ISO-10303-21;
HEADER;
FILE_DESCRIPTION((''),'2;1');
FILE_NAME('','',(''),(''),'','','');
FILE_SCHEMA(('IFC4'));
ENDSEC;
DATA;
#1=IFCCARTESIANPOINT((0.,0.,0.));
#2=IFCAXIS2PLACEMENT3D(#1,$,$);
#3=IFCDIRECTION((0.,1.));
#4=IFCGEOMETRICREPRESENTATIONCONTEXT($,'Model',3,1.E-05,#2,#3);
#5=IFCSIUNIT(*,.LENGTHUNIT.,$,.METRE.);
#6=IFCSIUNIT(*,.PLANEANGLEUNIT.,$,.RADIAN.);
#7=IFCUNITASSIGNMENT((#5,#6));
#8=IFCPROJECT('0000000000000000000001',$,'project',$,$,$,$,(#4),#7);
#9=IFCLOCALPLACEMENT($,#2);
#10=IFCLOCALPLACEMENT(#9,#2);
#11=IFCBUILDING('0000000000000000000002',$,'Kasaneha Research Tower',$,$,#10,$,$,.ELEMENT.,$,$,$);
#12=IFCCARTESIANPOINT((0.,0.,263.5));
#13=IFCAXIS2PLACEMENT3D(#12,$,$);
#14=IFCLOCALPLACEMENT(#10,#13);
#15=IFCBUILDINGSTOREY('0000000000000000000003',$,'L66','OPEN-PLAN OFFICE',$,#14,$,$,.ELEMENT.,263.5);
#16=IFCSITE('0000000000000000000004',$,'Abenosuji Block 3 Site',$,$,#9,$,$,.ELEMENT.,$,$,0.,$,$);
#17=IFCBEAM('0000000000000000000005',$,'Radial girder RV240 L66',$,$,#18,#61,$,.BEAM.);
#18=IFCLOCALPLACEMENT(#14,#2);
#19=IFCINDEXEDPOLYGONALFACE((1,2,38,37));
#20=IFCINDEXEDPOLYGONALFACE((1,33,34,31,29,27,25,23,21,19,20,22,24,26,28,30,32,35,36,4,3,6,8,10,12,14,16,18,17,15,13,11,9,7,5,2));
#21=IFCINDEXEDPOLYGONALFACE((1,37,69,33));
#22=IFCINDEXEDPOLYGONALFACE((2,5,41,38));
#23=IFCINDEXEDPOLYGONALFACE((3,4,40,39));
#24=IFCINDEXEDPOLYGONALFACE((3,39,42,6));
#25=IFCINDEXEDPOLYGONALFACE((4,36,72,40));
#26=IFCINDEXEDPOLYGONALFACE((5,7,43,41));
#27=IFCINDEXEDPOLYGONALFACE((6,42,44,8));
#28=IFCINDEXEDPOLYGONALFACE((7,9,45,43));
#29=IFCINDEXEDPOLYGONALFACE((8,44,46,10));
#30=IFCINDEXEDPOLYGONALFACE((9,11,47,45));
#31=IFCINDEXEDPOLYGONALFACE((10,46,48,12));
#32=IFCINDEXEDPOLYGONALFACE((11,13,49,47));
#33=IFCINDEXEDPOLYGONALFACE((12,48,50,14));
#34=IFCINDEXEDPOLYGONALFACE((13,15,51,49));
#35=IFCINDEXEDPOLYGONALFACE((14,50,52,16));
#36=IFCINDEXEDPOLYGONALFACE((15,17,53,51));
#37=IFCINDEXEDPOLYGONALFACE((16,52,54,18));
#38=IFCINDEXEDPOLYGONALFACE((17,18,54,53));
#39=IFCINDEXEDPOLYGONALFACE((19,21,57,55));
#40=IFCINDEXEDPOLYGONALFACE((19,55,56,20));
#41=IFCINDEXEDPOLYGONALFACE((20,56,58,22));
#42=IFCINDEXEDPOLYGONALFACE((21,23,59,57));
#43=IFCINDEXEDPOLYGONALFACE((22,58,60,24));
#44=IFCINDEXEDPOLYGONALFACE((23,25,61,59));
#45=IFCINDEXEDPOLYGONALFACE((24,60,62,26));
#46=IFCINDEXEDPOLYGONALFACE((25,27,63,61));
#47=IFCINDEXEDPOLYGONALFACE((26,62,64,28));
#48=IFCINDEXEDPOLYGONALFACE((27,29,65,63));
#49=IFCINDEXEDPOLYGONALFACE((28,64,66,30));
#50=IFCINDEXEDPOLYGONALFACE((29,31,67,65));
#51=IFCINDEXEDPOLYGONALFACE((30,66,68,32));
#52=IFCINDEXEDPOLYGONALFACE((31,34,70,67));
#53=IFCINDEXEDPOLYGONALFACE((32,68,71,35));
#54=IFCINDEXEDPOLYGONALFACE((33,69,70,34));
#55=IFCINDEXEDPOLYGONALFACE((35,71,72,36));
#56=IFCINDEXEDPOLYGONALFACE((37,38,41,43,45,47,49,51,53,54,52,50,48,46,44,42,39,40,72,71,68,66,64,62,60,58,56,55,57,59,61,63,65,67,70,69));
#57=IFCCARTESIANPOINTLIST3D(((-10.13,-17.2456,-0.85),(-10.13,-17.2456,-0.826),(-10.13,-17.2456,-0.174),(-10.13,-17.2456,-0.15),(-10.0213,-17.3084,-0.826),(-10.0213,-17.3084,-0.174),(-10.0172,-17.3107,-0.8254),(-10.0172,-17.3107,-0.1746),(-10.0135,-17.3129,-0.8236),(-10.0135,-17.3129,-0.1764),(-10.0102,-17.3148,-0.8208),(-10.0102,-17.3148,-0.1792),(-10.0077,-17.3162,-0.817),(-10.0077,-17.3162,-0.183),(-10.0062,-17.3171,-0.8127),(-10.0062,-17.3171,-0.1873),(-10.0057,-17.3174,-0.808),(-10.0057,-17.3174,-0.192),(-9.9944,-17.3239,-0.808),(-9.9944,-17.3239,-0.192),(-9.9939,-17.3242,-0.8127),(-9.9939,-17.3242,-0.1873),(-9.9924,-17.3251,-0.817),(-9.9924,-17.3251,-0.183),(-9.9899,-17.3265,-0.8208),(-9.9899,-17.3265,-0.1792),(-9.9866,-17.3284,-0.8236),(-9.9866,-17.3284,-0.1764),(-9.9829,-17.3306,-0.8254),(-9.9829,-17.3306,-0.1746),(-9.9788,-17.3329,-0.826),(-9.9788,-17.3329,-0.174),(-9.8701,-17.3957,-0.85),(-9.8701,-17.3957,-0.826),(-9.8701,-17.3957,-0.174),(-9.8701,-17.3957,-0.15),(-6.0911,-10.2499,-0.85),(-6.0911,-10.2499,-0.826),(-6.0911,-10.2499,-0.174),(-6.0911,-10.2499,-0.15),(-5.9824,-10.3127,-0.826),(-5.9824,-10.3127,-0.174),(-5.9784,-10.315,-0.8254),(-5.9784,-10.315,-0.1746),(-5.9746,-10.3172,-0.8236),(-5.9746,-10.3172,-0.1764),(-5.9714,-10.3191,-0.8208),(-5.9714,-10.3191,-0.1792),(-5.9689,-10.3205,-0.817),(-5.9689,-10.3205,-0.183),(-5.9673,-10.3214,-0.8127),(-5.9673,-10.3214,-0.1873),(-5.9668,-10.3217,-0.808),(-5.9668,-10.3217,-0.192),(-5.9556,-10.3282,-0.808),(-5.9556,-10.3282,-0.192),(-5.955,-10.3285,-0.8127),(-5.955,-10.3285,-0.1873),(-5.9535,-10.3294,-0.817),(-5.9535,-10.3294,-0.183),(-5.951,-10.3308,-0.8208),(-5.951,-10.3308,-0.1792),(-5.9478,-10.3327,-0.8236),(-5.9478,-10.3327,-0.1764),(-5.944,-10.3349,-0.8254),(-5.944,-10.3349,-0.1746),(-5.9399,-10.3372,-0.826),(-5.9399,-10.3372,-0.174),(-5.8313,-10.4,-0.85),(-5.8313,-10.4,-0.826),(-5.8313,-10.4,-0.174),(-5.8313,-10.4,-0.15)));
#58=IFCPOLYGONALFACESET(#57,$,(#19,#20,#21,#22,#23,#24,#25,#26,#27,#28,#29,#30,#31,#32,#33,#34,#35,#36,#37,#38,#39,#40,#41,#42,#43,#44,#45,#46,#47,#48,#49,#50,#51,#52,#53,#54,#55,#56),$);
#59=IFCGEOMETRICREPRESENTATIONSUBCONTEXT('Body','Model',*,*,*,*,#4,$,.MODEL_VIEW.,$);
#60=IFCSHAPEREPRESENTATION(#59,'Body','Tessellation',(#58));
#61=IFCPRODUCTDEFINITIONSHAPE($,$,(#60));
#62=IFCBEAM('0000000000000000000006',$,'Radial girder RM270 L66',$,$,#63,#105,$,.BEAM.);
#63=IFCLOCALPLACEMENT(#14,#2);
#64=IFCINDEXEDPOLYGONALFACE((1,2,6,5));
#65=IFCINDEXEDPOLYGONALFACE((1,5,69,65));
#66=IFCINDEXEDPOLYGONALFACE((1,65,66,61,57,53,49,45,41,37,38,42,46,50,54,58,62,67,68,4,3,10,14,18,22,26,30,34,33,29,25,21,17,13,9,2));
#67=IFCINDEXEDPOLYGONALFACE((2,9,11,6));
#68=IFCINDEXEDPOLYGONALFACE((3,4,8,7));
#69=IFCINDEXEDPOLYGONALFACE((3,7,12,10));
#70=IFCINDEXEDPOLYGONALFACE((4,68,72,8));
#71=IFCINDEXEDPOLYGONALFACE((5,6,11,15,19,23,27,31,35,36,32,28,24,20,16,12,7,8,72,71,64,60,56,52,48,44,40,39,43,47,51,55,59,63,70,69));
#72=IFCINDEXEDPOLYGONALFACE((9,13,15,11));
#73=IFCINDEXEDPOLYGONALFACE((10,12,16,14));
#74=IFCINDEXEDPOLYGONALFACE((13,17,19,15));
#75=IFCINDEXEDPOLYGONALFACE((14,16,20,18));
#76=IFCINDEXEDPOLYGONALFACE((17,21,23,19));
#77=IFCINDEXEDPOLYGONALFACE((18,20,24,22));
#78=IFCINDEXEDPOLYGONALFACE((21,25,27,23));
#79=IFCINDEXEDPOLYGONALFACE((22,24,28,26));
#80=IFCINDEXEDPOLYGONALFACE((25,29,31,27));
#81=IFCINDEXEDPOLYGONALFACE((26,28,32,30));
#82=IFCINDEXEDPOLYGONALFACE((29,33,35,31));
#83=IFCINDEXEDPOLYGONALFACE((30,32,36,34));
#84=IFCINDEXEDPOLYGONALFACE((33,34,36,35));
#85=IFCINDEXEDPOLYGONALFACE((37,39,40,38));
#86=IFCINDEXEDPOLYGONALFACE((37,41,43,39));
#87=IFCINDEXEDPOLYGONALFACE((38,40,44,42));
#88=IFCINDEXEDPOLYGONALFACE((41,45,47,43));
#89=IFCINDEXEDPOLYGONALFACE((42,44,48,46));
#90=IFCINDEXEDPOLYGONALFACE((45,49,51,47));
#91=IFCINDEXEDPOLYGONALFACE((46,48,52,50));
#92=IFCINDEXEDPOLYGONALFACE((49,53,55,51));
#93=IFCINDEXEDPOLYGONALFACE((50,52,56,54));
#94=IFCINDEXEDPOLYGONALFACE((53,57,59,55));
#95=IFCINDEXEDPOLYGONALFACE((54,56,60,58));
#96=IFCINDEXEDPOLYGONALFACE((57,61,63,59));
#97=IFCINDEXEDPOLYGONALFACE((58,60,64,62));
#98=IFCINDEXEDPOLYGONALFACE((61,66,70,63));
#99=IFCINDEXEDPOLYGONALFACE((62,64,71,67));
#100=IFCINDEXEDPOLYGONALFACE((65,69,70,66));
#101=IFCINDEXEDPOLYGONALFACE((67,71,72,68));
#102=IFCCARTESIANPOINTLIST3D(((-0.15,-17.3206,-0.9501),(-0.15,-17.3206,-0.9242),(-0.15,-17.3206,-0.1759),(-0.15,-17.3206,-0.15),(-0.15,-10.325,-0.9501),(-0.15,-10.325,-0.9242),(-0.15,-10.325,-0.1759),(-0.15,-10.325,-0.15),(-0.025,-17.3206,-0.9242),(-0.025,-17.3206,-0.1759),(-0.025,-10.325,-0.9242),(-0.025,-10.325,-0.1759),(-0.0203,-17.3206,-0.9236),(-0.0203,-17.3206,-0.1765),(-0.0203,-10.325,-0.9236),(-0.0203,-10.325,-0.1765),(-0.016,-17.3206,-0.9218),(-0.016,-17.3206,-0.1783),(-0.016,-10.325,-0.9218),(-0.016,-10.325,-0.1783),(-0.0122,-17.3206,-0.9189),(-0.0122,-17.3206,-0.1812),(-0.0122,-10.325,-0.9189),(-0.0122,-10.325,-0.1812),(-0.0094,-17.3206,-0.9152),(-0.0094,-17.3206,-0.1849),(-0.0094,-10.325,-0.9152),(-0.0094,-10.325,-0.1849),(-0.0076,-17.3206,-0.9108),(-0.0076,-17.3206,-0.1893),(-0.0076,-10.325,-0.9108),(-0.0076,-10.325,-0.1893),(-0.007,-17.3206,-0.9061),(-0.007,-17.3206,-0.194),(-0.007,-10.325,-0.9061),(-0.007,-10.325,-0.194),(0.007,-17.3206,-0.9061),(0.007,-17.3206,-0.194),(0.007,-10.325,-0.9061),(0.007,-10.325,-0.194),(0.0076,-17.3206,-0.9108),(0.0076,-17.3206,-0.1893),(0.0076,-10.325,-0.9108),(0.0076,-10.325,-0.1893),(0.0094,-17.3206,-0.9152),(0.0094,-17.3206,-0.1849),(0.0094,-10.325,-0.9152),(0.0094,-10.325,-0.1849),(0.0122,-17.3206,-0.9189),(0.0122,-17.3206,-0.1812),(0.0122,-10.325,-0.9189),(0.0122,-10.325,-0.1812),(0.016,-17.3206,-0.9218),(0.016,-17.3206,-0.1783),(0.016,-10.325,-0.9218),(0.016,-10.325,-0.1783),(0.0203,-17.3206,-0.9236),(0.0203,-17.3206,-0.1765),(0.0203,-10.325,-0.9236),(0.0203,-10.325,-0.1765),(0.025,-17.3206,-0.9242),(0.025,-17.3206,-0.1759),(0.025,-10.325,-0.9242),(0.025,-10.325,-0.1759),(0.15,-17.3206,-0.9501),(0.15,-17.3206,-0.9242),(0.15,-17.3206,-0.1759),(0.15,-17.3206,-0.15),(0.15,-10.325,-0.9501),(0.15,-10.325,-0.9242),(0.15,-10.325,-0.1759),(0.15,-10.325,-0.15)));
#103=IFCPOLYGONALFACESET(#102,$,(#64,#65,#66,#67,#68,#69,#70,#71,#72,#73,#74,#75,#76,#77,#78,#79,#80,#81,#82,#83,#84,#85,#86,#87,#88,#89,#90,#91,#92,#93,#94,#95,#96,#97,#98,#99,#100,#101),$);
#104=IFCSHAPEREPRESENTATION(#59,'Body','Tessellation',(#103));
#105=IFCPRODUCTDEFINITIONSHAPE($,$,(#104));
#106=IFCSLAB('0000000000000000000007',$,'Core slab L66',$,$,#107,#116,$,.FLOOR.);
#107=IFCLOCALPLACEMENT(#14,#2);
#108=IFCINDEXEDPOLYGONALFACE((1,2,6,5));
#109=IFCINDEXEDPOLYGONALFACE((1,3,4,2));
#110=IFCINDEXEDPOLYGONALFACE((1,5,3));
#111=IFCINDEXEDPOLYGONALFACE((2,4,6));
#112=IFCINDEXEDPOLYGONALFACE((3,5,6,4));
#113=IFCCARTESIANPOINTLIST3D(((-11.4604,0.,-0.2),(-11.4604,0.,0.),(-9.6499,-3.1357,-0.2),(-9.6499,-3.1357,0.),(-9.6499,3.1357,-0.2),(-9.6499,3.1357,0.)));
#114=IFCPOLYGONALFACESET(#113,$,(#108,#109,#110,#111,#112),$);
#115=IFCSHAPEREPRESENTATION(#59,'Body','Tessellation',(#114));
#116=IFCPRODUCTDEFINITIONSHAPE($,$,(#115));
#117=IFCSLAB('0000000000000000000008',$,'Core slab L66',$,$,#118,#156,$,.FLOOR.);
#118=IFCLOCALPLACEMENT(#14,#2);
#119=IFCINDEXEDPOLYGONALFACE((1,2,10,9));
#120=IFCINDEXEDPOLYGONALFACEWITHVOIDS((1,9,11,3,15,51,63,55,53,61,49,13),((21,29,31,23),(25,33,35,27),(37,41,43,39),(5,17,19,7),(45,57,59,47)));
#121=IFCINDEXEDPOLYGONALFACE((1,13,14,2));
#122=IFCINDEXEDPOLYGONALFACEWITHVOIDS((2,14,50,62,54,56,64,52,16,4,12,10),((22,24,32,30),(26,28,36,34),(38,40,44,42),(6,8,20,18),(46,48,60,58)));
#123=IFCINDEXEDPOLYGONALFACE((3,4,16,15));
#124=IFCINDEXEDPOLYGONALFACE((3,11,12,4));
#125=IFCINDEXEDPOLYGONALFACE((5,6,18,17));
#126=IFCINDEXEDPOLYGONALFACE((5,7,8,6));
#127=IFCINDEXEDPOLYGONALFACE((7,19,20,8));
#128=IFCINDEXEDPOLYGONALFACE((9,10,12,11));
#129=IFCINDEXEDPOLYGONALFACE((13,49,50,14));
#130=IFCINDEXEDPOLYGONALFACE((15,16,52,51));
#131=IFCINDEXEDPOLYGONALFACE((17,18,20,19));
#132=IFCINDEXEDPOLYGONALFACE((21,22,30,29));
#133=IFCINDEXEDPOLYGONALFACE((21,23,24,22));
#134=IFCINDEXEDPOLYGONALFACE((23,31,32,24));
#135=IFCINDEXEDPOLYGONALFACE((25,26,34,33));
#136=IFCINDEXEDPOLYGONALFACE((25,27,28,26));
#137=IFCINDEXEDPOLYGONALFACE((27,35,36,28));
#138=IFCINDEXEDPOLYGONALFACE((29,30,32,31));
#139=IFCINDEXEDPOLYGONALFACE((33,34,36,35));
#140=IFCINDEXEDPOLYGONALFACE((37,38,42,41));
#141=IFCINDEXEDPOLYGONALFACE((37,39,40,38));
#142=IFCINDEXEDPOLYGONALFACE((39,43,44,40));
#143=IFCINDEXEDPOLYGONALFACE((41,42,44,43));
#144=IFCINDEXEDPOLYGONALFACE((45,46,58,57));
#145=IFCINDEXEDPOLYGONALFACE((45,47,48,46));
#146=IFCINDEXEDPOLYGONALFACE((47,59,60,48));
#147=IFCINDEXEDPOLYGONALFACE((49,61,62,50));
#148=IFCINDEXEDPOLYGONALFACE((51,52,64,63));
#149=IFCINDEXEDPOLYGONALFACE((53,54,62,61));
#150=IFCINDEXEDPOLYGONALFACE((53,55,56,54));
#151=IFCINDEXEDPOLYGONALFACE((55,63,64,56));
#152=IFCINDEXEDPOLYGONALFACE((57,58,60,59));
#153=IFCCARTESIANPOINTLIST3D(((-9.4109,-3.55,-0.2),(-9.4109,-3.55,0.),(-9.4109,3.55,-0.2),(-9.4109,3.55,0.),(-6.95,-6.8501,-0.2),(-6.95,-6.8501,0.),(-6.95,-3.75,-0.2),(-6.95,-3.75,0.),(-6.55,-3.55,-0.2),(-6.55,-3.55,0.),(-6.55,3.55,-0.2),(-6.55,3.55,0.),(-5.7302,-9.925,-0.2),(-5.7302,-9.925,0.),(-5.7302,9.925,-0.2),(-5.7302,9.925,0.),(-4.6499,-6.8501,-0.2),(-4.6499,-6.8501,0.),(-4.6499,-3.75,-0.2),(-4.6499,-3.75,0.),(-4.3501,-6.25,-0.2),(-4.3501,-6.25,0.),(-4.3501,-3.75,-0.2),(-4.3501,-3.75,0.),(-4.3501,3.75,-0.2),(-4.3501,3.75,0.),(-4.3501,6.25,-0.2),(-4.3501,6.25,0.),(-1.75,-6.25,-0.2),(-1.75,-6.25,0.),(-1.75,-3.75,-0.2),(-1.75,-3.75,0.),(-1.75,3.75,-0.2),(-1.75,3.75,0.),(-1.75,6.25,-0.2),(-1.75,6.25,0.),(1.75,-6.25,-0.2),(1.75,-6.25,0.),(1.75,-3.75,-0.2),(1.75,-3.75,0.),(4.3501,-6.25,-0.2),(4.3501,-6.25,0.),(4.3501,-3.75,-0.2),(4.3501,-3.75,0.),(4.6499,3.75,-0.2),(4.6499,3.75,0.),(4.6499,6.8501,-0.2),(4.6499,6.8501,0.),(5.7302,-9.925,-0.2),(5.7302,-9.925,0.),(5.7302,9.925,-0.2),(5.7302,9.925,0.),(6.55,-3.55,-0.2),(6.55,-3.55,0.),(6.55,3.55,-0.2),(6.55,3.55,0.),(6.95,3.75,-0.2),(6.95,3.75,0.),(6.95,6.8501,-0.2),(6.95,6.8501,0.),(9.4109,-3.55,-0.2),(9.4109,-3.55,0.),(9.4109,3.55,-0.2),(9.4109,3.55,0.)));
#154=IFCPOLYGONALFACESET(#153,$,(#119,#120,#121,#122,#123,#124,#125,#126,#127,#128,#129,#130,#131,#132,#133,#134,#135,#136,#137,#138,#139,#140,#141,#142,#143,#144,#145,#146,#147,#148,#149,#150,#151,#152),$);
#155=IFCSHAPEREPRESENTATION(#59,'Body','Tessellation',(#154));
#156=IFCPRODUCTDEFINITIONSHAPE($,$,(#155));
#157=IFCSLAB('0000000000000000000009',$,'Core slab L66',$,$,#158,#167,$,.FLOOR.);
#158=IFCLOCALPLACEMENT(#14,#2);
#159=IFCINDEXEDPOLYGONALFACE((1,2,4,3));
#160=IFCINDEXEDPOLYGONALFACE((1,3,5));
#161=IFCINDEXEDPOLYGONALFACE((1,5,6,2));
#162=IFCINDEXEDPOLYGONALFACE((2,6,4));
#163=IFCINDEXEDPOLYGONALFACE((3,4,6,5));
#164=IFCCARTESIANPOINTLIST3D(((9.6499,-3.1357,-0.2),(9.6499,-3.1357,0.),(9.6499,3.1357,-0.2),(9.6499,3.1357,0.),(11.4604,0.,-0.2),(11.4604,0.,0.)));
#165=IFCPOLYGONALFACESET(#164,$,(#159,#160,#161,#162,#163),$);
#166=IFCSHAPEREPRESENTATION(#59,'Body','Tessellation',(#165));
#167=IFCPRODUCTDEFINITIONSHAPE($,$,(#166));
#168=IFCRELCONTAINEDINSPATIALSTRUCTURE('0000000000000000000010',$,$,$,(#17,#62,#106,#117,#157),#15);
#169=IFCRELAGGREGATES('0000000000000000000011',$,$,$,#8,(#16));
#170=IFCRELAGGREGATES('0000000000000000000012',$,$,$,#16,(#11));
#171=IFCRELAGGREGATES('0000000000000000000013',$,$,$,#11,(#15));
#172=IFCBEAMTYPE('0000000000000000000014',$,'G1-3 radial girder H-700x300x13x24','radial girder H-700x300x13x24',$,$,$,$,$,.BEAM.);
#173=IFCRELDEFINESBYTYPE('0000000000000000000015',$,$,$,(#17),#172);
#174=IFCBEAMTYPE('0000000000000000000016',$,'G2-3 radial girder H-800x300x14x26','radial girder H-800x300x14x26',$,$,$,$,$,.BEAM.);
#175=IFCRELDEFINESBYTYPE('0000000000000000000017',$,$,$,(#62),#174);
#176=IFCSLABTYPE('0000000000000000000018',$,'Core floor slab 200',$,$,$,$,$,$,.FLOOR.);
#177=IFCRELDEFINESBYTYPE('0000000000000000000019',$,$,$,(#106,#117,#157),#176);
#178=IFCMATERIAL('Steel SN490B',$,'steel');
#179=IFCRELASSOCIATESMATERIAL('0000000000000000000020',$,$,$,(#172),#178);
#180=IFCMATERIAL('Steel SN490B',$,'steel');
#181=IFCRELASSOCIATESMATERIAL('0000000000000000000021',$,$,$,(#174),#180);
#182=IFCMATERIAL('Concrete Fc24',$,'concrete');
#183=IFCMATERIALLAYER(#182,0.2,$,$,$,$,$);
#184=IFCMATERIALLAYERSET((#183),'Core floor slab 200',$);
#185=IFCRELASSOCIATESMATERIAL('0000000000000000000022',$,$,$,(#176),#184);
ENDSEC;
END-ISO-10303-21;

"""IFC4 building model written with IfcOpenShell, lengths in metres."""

from ifc_helpers import new_model, si_unit, direction, frame, origin, origin_2d, place, context, subcontext, project, spatial, polyline, i_section, outline, extrude, material, layer, layer_set, material_profile, profile_set, type_object, element, save


model = new_model("IFC4")

# Units and contexts
model_context = context("Model", 3, precision=1e-05, world=origin(), true_north=direction((0.0, 1.0)))
body_context = subcontext(model_context, "Body", "Model", "MODEL_VIEW")
ifc_project = project(units=[si_unit("LENGTHUNIT", "METRE"), si_unit("PLANEANGLEUNIT", "RADIAN")], contexts=[model_context])

# Site, building, storey
site_placement = place(None, origin())
site = spatial("IfcSite", under=ifc_project, at=site_placement, Name="Abenosuji Block 3 Site", CompositionType="ELEMENT", RefElevation=0.0)
building_placement = place(site_placement, origin())
building = spatial("IfcBuilding", under=site, at=building_placement, Name="Kasaneha Research Tower", CompositionType="ELEMENT")
storey_placement = place(building_placement, frame((0.0, 0.0, 263.5)))
storey = spatial("IfcBuildingStorey", under=building, at=storey_placement, Name="L66", Description="OPEN-PLAN OFFICE", CompositionType="ELEMENT", Elevation=263.5)

# Beams
ifc_material_1 = material(Name="Steel SN490B", Category="steel")
ifc_material_profile_1 = material_profile(ifc_material_1, i_section(OverallWidth=0.3, OverallDepth=0.7, WebThickness=0.0129, FlangeThickness=0.0239, FilletRadius=0.0181, at=origin_2d()), Name="H-700x300x13x24")
ifc_profile_set_1 = profile_set([ifc_material_profile_1], Name="Steel SN490B")
beam_type_1 = type_object("IfcBeamType", Name="G1-3 radial girder H-700x300x13x24", Description="radial girder H-700x300x13x24", PredefinedType="BEAM", material=ifc_profile_set_1)
beam_1_placement = place(storey_placement, frame((-5.9612, -10.325, -0.5), z_axis=(-0.499991, -0.866031, 0.0), x_axis=(0.866031, -0.499991, 0.0)))
element("IfcBeam", 1, at=beam_1_placement, inside=storey, type_object=beam_type_1, Name="Radial girder RV240 L66", PredefinedType="BEAM", context=body_context, shape_type="SweptSolid", body=[
    extrude(i_section(OverallWidth=0.3, OverallDepth=0.7, WebThickness=0.0129, FlangeThickness=0.0239, FilletRadius=0.0181, at=origin_2d()), origin(), (0.0, 0.0, 1.0), 8.0779),
])
ifc_material_2 = material(Name="Steel SN490B", Category="steel")
ifc_material_profile_2 = material_profile(ifc_material_2, i_section(OverallWidth=0.3, OverallDepth=0.8, WebThickness=0.0139, FlangeThickness=0.0259, FilletRadius=0.0181, at=origin_2d()), Name="H-800x300x14x26")
ifc_profile_set_2 = profile_set([ifc_material_profile_2], Name="Steel SN490B")
beam_type_2 = type_object("IfcBeamType", Name="G2-3 radial girder H-800x300x14x26", Description="radial girder H-800x300x14x26", PredefinedType="BEAM", material=ifc_profile_set_2)
beam_2_placement = place(storey_placement, frame((0.0, -10.325, -0.55), z_axis=(0.0, -1.0, 0.0), x_axis=(1.0, 0.0, 0.0)))
element("IfcBeam", 2, at=beam_2_placement, inside=storey, type_object=beam_type_2, Name="Radial girder RM270 L66", PredefinedType="BEAM", context=body_context, shape_type="SweptSolid", body=[
    extrude(i_section(OverallWidth=0.3, OverallDepth=0.8, WebThickness=0.0139, FlangeThickness=0.0259, FilletRadius=0.0181, at=origin_2d()), origin(), (0.0, 0.0, 1.0), 6.9956),
])

# Slabs
ifc_material_3 = material(Name="Concrete Fc24", Category="concrete")
ifc_layer_1 = layer(ifc_material_3, 0.2)
ifc_layer_set_1 = layer_set([ifc_layer_1], Name="Core floor slab 200")
slab_type_1 = type_object("IfcSlabType", Name="Core floor slab 200", PredefinedType="FLOOR", material=ifc_layer_set_1)
slab_1_placement = place(storey_placement, frame((0.0, 0.0, -0.2)))
element("IfcSlab", 3, at=slab_1_placement, inside=storey, type_object=slab_type_1, Name="Core slab L66", PredefinedType="FLOOR", context=body_context, shape_type="SweptSolid", body=[
    extrude(outline(polyline([(-11.4604, 0.0), (-9.6499, 3.1357), (-9.6499, -3.1357), (-11.4604, 0.0)])), origin(), (0.0, 0.0, 1.0), 0.2),
])
slab_2_placement = place(storey_placement, frame((0.0, 0.0, -0.2)))
element("IfcSlab", 4, at=slab_2_placement, inside=storey, type_object=slab_type_1, Name="Core slab L66", PredefinedType="FLOOR", context=body_context, shape_type="SweptSolid", body=[
    extrude(outline(polyline([(-5.7302, 9.925), (5.7302, 9.925), (9.4109, 3.55), (6.55, 3.55), (6.55, -3.55), (9.4109, -3.55), (5.7302, -9.925), (-5.7302, -9.925), (-9.4109, -3.55), (-6.55, -3.55), (-6.55, 3.55), (-9.4109, 3.55), (-5.7302, 9.925)]), holes=[polyline([(-6.95, -6.8501), (-4.6499, -6.8501), (-4.6499, -3.75), (-6.95, -3.75), (-6.95, -6.8501)]), polyline([(-4.3501, -3.75), (-4.3501, -6.25), (-1.75, -6.25), (-1.75, -3.75), (-4.3501, -3.75)]), polyline([(1.75, -3.75), (1.75, -6.25), (4.3501, -6.25), (4.3501, -3.75), (1.75, -3.75)]), polyline([(-4.3501, 6.25), (-4.3501, 3.75), (-1.75, 3.75), (-1.75, 6.25), (-4.3501, 6.25)]), polyline([(4.6499, 6.8501), (4.6499, 3.75), (6.95, 3.75), (6.95, 6.8501), (4.6499, 6.8501)])]), origin(), (0.0, 0.0, 1.0), 0.2),
])
slab_3_placement = place(storey_placement, frame((0.0, 0.0, -0.2)))
element("IfcSlab", 5, at=slab_3_placement, inside=storey, type_object=slab_type_1, Name="Core slab L66", PredefinedType="FLOOR", context=body_context, shape_type="SweptSolid", body=[
    extrude(outline(polyline([(11.4604, 0.0), (9.6499, -3.1357), (9.6499, 3.1357), (11.4604, 0.0)])), origin(), (0.0, 0.0, 1.0), 0.2),
])

save(model, "model.ifc")
